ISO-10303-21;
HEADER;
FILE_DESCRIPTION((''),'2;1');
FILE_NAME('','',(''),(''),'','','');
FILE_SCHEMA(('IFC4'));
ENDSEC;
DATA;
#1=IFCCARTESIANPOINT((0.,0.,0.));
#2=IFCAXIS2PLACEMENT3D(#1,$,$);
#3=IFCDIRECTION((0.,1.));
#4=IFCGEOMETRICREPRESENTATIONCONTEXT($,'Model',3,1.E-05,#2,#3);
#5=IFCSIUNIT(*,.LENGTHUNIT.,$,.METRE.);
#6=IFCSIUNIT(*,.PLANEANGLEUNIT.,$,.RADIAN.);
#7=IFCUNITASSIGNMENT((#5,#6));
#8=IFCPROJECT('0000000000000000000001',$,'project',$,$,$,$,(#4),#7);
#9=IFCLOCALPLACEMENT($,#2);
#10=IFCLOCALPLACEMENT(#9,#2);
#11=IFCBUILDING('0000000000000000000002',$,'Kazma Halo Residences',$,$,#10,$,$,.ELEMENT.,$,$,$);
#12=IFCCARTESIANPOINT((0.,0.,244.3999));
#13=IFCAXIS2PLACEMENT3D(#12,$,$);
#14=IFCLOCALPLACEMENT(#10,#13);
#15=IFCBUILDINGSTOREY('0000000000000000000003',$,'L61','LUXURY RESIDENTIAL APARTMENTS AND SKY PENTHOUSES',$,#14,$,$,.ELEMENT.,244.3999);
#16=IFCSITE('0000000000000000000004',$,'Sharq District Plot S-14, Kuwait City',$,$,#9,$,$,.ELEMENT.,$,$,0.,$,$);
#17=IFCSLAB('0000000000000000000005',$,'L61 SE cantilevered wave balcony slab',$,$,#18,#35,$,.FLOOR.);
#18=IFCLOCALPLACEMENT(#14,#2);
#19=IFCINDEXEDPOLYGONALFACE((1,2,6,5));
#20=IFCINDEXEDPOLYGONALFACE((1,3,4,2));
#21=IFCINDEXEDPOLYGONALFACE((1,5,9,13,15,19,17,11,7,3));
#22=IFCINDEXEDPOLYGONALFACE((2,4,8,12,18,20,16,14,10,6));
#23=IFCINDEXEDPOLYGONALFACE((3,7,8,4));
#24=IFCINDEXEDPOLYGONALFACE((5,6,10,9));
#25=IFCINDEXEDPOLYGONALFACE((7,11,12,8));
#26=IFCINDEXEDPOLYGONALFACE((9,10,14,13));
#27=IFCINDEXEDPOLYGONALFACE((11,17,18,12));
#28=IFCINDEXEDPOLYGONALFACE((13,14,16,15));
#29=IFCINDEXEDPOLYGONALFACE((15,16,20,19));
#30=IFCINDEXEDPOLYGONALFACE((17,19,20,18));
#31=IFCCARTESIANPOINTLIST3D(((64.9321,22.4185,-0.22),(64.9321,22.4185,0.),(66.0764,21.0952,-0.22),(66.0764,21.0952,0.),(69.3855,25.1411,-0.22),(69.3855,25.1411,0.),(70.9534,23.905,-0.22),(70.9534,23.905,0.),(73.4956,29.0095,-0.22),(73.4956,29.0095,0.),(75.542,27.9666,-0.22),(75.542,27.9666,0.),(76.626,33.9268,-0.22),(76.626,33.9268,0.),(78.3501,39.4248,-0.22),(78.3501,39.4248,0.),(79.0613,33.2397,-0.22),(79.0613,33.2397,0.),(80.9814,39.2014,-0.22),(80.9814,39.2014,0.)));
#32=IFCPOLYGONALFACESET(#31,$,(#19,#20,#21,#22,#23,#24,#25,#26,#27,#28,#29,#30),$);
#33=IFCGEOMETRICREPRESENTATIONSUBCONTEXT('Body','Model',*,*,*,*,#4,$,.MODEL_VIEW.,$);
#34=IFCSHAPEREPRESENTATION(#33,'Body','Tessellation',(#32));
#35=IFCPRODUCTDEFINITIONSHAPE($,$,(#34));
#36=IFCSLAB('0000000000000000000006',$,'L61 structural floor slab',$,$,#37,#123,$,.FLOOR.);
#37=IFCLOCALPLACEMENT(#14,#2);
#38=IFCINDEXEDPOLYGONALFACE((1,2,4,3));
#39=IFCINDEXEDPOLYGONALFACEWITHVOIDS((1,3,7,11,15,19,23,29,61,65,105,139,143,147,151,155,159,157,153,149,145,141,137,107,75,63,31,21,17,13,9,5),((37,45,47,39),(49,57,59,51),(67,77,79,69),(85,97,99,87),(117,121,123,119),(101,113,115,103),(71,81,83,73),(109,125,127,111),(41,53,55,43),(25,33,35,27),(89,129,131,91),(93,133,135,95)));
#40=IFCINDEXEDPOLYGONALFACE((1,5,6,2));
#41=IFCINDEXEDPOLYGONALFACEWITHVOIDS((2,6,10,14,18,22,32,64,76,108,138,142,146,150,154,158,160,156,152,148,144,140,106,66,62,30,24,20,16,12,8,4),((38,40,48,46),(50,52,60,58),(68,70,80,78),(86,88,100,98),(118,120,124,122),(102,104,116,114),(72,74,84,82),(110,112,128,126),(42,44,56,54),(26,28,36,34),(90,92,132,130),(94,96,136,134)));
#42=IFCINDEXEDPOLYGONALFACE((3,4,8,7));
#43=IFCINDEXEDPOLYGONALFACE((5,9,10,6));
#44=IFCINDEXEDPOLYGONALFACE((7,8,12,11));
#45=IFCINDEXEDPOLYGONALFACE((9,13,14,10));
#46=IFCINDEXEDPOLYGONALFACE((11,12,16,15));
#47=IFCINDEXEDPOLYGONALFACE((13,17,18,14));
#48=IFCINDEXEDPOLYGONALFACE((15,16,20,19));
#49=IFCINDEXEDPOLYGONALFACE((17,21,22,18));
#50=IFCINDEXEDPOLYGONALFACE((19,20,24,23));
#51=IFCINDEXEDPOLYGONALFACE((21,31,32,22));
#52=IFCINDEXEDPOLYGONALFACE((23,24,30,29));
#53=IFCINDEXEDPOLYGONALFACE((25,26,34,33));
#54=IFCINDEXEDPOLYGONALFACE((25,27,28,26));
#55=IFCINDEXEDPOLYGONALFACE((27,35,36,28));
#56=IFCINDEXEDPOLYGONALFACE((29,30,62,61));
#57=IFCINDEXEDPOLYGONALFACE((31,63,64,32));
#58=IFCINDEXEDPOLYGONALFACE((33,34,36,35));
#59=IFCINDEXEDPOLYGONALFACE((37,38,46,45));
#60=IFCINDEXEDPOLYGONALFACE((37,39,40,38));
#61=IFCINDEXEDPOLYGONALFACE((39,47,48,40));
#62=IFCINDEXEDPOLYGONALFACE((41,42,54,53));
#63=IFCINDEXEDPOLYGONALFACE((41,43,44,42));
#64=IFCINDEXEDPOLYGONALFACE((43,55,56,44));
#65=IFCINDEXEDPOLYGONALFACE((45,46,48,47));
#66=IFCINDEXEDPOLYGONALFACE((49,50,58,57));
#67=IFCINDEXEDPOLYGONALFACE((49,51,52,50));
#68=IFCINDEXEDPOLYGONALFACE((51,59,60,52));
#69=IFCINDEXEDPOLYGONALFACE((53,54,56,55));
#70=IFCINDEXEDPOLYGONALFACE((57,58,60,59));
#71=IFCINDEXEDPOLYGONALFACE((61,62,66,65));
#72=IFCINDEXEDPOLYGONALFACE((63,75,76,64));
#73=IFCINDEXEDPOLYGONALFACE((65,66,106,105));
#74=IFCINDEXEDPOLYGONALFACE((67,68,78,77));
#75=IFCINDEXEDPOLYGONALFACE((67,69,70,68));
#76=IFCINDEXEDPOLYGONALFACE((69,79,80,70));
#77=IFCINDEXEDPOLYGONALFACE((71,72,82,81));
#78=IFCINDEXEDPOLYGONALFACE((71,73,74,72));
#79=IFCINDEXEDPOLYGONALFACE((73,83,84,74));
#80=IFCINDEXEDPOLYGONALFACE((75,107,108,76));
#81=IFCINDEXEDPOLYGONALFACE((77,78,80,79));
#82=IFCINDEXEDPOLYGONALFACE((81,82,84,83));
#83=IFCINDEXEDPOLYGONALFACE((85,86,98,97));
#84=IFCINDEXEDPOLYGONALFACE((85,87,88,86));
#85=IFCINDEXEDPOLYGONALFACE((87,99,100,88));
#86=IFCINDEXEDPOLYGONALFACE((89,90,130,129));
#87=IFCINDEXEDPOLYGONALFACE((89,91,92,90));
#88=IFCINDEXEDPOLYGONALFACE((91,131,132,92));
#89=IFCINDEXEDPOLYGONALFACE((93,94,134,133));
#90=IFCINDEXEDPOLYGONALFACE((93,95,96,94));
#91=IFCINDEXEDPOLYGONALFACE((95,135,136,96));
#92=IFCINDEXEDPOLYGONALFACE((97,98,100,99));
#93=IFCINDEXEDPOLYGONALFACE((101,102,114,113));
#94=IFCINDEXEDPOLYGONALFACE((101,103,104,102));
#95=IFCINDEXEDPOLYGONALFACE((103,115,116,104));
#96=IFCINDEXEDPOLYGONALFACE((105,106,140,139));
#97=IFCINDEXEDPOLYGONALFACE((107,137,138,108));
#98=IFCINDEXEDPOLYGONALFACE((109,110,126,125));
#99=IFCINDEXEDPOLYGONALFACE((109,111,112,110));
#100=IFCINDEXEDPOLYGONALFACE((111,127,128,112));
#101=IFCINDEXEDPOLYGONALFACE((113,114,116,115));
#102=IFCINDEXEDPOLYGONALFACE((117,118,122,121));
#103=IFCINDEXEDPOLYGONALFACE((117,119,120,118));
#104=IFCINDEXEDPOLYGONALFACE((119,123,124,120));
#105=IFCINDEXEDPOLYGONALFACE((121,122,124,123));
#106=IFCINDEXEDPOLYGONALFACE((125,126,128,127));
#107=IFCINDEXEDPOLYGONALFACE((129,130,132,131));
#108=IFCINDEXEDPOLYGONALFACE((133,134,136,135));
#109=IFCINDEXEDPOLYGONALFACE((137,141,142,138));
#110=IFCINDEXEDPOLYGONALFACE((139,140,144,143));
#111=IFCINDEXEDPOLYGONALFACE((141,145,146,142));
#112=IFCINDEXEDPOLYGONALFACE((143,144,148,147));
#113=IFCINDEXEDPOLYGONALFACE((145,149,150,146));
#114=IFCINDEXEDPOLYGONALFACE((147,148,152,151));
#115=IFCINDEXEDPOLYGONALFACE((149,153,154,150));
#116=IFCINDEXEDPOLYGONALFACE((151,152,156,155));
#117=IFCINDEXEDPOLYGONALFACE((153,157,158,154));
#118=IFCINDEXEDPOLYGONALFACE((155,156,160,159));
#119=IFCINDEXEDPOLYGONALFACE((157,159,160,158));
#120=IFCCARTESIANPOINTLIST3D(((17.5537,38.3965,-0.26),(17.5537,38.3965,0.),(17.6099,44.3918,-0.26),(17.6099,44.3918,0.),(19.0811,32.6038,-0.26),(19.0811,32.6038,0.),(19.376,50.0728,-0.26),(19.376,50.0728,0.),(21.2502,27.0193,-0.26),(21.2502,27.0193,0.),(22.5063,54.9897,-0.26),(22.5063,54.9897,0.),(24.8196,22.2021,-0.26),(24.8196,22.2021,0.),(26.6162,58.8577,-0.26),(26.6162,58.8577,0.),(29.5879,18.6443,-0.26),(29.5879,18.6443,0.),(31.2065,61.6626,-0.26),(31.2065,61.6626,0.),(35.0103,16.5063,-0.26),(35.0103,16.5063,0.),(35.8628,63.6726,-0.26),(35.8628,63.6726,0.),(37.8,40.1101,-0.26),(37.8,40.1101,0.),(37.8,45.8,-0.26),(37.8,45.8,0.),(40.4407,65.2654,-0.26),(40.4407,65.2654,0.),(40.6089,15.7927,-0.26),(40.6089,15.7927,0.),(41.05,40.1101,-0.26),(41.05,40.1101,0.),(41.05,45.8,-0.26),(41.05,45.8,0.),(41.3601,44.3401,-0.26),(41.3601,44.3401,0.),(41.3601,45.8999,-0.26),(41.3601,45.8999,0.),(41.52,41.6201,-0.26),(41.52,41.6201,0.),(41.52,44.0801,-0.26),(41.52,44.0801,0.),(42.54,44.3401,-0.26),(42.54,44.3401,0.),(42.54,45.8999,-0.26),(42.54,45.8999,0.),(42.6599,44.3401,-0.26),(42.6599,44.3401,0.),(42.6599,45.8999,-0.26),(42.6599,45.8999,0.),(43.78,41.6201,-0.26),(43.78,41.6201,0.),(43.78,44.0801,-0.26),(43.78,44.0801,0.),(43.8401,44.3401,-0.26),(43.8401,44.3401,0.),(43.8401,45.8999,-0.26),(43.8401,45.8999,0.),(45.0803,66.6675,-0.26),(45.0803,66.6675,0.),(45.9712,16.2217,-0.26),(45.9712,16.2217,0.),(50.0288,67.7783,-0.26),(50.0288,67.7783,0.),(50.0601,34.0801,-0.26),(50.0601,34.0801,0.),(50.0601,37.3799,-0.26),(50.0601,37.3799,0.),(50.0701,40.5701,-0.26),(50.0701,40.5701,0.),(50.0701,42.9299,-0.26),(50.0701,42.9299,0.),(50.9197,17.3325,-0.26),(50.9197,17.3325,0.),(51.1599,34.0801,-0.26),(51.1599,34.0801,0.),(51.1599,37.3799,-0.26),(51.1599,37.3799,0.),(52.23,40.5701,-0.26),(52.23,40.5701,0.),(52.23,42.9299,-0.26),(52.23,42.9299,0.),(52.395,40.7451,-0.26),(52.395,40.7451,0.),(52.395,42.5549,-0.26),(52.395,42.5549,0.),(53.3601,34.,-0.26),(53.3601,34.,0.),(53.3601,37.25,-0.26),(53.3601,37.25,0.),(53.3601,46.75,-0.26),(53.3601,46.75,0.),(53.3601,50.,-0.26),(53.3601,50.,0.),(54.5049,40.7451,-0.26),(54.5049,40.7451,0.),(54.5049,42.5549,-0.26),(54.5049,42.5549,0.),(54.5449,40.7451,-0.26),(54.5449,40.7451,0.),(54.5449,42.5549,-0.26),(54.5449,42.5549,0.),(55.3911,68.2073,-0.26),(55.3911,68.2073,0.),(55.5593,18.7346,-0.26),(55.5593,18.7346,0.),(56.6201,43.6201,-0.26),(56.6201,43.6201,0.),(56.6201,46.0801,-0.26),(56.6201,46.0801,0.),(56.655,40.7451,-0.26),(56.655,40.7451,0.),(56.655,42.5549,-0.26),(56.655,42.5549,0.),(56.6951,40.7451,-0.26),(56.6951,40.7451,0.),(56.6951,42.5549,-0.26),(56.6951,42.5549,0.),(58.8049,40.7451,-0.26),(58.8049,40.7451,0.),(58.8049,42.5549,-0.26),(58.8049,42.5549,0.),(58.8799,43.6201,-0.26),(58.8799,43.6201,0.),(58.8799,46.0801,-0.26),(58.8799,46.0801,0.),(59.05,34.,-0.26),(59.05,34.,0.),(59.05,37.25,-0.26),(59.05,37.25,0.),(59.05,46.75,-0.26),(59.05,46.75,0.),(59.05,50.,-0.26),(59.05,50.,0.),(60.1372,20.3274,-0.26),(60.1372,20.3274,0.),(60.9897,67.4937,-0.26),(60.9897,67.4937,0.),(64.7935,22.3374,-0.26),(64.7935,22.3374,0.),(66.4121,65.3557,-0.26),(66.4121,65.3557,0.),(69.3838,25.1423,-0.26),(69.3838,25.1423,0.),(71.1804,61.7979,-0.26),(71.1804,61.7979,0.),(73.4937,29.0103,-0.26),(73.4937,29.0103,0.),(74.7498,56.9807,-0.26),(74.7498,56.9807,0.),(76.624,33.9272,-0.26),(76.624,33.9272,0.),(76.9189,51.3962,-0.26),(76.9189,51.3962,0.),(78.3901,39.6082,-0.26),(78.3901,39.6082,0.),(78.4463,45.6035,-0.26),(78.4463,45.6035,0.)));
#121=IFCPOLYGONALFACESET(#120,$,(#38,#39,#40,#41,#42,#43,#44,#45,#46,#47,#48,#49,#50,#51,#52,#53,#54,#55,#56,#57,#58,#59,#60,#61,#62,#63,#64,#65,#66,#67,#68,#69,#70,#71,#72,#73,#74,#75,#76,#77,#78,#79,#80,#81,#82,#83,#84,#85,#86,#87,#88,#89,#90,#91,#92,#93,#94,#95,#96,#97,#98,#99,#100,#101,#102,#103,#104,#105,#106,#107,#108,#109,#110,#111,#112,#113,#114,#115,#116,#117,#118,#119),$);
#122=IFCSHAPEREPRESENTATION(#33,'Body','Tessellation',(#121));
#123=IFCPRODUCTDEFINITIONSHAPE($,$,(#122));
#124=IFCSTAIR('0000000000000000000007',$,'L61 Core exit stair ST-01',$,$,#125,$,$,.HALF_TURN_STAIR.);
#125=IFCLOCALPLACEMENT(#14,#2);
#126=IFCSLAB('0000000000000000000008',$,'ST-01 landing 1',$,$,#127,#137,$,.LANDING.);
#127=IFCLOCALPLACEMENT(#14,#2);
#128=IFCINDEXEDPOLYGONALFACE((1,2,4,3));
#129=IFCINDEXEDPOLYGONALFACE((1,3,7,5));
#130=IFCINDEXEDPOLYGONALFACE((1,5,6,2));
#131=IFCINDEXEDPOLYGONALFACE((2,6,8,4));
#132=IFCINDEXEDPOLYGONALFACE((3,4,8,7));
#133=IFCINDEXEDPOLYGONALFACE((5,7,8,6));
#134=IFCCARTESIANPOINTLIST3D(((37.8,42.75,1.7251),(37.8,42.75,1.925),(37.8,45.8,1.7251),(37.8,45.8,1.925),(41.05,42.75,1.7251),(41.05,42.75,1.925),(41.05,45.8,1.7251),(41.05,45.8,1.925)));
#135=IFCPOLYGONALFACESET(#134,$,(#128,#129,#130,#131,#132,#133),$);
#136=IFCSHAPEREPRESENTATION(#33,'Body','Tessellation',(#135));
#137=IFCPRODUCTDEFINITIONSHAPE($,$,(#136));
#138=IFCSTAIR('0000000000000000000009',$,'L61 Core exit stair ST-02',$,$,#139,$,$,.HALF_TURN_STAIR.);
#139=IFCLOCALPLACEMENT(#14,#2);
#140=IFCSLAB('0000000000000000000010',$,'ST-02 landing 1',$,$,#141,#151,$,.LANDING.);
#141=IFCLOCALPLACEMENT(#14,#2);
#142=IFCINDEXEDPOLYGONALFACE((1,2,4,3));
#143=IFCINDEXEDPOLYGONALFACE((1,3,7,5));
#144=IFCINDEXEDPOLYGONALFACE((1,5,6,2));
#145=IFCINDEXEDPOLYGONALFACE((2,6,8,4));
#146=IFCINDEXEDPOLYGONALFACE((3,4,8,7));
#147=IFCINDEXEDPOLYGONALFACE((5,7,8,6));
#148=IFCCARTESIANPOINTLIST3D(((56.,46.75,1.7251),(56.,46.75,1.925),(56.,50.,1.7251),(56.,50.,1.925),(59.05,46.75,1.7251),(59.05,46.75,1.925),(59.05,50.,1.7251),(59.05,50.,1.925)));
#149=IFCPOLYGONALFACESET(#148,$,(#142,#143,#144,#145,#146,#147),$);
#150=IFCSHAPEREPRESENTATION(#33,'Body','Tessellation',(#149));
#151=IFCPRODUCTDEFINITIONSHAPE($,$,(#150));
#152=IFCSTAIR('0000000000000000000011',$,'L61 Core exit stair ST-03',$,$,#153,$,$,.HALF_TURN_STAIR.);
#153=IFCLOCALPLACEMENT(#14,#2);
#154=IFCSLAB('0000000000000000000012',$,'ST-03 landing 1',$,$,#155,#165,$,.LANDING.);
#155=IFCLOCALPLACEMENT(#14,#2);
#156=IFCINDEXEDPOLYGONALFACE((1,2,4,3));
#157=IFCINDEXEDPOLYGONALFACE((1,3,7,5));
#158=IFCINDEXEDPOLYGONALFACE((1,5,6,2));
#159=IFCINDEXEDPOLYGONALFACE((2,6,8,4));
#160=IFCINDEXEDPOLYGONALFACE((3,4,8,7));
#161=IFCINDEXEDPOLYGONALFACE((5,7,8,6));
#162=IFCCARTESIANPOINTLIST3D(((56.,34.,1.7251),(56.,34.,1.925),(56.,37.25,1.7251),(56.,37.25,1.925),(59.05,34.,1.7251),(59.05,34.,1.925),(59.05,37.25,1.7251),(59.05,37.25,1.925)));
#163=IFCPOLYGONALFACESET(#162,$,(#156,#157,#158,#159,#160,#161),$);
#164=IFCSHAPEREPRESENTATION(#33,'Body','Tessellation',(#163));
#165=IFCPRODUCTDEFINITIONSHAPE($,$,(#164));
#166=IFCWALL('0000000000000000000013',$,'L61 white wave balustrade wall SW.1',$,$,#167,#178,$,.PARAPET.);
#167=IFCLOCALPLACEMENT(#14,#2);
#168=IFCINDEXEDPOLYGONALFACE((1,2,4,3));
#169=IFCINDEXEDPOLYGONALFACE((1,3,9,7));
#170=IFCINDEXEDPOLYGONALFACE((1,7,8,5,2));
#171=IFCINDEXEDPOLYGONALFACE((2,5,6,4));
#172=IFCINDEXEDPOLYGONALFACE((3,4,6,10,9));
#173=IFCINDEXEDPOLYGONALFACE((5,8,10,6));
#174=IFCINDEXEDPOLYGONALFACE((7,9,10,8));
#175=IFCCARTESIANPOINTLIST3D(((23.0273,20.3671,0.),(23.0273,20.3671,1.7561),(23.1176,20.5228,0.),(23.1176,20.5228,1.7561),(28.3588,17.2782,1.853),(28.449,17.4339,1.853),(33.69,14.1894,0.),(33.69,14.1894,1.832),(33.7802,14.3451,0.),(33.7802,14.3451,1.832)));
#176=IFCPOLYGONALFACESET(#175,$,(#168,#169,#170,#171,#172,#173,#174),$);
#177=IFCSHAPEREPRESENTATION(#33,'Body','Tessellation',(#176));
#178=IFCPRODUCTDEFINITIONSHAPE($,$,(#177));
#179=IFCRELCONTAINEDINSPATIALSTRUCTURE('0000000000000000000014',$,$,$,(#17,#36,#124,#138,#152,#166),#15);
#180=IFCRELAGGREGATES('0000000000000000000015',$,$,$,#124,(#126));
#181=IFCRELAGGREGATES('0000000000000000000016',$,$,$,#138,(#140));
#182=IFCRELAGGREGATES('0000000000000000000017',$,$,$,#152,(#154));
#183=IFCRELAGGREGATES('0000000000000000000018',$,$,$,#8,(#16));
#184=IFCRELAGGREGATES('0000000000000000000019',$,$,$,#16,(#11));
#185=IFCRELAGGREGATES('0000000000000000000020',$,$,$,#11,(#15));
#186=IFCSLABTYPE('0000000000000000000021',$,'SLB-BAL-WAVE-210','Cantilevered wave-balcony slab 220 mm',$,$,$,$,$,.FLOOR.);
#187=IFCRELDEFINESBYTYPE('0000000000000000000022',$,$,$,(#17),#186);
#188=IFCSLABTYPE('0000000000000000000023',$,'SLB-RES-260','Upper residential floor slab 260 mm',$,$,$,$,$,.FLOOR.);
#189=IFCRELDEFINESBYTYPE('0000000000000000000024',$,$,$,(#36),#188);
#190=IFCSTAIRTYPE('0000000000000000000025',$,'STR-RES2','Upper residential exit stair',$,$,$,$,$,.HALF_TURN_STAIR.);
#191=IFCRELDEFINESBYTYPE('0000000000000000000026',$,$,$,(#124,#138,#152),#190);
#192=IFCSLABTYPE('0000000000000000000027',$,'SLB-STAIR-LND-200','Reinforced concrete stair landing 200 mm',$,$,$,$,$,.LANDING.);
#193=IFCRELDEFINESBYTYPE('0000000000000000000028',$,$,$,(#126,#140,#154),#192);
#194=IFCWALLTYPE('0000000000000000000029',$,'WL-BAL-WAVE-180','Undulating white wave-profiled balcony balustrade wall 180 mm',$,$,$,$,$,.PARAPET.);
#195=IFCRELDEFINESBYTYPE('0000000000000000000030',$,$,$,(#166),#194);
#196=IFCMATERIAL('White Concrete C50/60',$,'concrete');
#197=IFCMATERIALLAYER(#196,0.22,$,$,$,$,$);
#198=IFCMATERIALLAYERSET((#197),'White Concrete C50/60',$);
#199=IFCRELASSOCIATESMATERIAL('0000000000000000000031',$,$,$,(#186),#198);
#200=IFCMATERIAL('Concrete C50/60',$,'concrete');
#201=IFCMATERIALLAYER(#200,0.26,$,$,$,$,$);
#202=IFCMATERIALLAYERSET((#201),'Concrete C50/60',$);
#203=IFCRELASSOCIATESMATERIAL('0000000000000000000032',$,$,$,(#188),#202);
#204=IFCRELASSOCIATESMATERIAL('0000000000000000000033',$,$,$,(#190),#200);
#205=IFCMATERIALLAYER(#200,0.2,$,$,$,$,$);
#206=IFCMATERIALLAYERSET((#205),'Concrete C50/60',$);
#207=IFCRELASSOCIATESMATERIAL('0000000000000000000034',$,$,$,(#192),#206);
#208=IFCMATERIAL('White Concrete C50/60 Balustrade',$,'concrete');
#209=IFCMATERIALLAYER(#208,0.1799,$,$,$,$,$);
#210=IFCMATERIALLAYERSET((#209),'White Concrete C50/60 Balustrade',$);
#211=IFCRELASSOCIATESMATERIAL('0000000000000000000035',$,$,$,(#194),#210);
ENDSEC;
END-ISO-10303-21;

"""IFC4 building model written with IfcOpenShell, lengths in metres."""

from ifc_helpers import new_model, si_unit, direction, frame, origin, place, context, subcontext, project, spatial, polyline, outline, extrude, material, layer, layer_set, type_object, element, aggregate, save


model = new_model("IFC4")

# Units and contexts
model_context = context("Model", 3, precision=1e-05, world=origin(), true_north=direction((0.0, 1.0)))
body_context = subcontext(model_context, "Body", "Model", "MODEL_VIEW")
ifc_project = project(units=[si_unit("LENGTHUNIT", "METRE"), si_unit("PLANEANGLEUNIT", "RADIAN")], contexts=[model_context])

# Site, building, storey
site_placement = place(None, origin())
site = spatial("IfcSite", under=ifc_project, at=site_placement, Name="Sharq District Plot S-14, Kuwait City", CompositionType="ELEMENT", RefElevation=0.0)
building_placement = place(site_placement, origin())
building = spatial("IfcBuilding", under=site, at=building_placement, Name="Kazma Halo Residences", CompositionType="ELEMENT")
storey_placement = place(building_placement, frame((0.0, 0.0, 244.3999)))
storey = spatial("IfcBuildingStorey", under=building, at=storey_placement, Name="L61", Description="LUXURY RESIDENTIAL APARTMENTS AND SKY PENTHOUSES", CompositionType="ELEMENT", Elevation=244.3999)

# Slabs
ifc_material_1 = material(Name="White Concrete C50/60", Category="concrete")
ifc_layer_1 = layer(ifc_material_1, 0.22)
ifc_layer_set_1 = layer_set([ifc_layer_1], Name="White Concrete C50/60")
slab_type_1 = type_object("IfcSlabType", Name="SLB-BAL-WAVE-210", Description="Cantilevered wave-balcony slab 220 mm", PredefinedType="FLOOR", material=ifc_layer_set_1)
slab_1_placement = place(storey_placement, frame((0.0, 0.0, -0.22)))
element("IfcSlab", 1, at=slab_1_placement, inside=storey, type_object=slab_type_1, Name="L61 SE cantilevered wave balcony slab", PredefinedType="FLOOR", context=body_context, shape_type="SweptSolid", body=[
    extrude(outline(polyline([(64.9321, 22.4185), (69.3855, 25.1411), (73.4956, 29.0095), (76.626, 33.9268), (78.3501, 39.4248), (80.9814, 39.2014), (79.0613, 33.2397), (75.542, 27.9666), (70.9534, 23.905), (66.0764, 21.0952), (64.9321, 22.4185)])), origin(), (0.0, 0.0, 1.0), 0.22),
])
ifc_material_2 = material(Name="Concrete C50/60", Category="concrete")
ifc_layer_2 = layer(ifc_material_2, 0.26)
ifc_layer_set_2 = layer_set([ifc_layer_2], Name="Concrete C50/60")
slab_type_2 = type_object("IfcSlabType", Name="SLB-RES-260", Description="Upper residential floor slab 260 mm", PredefinedType="FLOOR", material=ifc_layer_set_2)
slab_2_placement = place(storey_placement, frame((0.0, 0.0, -0.26)))
element("IfcSlab", 2, at=slab_2_placement, inside=storey, type_object=slab_type_2, Name="L61 structural floor slab", PredefinedType="FLOOR", context=body_context, shape_type="SweptSolid", body=[
    extrude(outline(polyline([(76.9189, 51.3962), (74.7498, 56.9807), (71.1804, 61.7979), (66.4121, 65.3557), (60.9897, 67.4937), (55.3911, 68.2073), (50.0288, 67.7783), (45.0803, 66.6675), (40.4407, 65.2654), (35.8628, 63.6726), (31.2065, 61.6626), (26.6162, 58.8577), (22.5063, 54.9897), (19.376, 50.0728), (17.6099, 44.3918), (17.5537, 38.3965), (19.0811, 32.6038), (21.2502, 27.0193), (24.8196, 22.2021), (29.5879, 18.6443), (35.0103, 16.5063), (40.6089, 15.7927), (45.9712, 16.2217), (50.9197, 17.3325), (55.5593, 18.7346), (60.1372, 20.3274), (64.7935, 22.3374), (69.3838, 25.1423), (73.4937, 29.0103), (76.624, 33.9272), (78.3901, 39.6082), (78.4463, 45.6035), (76.9189, 51.3962)]), holes=[polyline([(37.8, 40.1101), (41.05, 40.1101), (41.05, 45.8), (37.8, 45.8), (37.8, 40.1101)]), polyline([(53.3601, 46.75), (59.05, 46.75), (59.05, 50.0), (53.3601, 50.0), (53.3601, 46.75)]), polyline([(53.3601, 34.0), (59.05, 34.0), (59.05, 37.25), (53.3601, 37.25), (53.3601, 34.0)]), polyline([(41.52, 41.6201), (43.78, 41.6201), (43.78, 44.0801), (41.52, 44.0801), (41.52, 41.6201)]), polyline([(56.6201, 43.6201), (58.8799, 43.6201), (58.8799, 46.0801), (56.6201, 46.0801), (56.6201, 43.6201)]), polyline([(52.395, 40.7451), (54.5049, 40.7451), (54.5049, 42.5549), (52.395, 42.5549), (52.395, 40.7451)]), polyline([(54.5449, 40.7451), (56.655, 40.7451), (56.655, 42.5549), (54.5449, 42.5549), (54.5449, 40.7451)]), polyline([(56.6951, 40.7451), (58.8049, 40.7451), (58.8049, 42.5549), (56.6951, 42.5549), (56.6951, 40.7451)]), polyline([(50.0701, 40.5701), (52.23, 40.5701), (52.23, 42.9299), (50.0701, 42.9299), (50.0701, 40.5701)]), polyline([(41.3601, 44.3401), (42.54, 44.3401), (42.54, 45.8999), (41.3601, 45.8999), (41.3601, 44.3401)]), polyline([(42.6599, 44.3401), (43.8401, 44.3401), (43.8401, 45.8999), (42.6599, 45.8999), (42.6599, 44.3401)]), polyline([(50.0601, 34.0801), (51.1599, 34.0801), (51.1599, 37.3799), (50.0601, 37.3799), (50.0601, 34.0801)])]), origin(), (0.0, 0.0, 1.0), 0.26),
])

# Stairs, slabs
stair_type = type_object("IfcStairType", Name="STR-RES2", Description="Upper residential exit stair", PredefinedType="HALF_TURN_STAIR", material=ifc_material_2)
stair_1_placement = place(storey_placement, origin())
stair_1 = element("IfcStair", 3, at=stair_1_placement, inside=storey, type_object=stair_type, Name="L61 Core exit stair ST-01", PredefinedType="HALF_TURN_STAIR")
ifc_layer_3 = layer(ifc_material_2, 0.2)
ifc_layer_set_3 = layer_set([ifc_layer_3], Name="Concrete C50/60")
slab_type_3 = type_object("IfcSlabType", Name="SLB-STAIR-LND-200", Description="Reinforced concrete stair landing 200 mm", PredefinedType="LANDING", material=ifc_layer_set_3)
slab_3_placement = place(storey_placement, frame((0.0, 0.0, 1.7251)))
slab_3 = element("IfcSlab", 4, at=slab_3_placement, type_object=slab_type_3, Name="ST-01 landing 1", PredefinedType="LANDING", context=body_context, shape_type="SweptSolid", body=[
    extrude(outline(polyline([(41.05, 42.75), (41.05, 45.8), (37.8, 45.8), (37.8, 42.75), (41.05, 42.75)])), origin(), (0.0, 0.0, 1.0), 0.2),
])
aggregate(stair_1, [slab_3])
stair_2_placement = place(storey_placement, origin())
stair_2 = element("IfcStair", 5, at=stair_2_placement, inside=storey, type_object=stair_type, Name="L61 Core exit stair ST-02", PredefinedType="HALF_TURN_STAIR")
slab_4_placement = place(storey_placement, frame((0.0, 0.0, 1.7251)))
slab_4 = element("IfcSlab", 6, at=slab_4_placement, type_object=slab_type_3, Name="ST-02 landing 1", PredefinedType="LANDING", context=body_context, shape_type="SweptSolid", body=[
    extrude(outline(polyline([(56.0, 46.75), (59.05, 46.75), (59.05, 50.0), (56.0, 50.0), (56.0, 46.75)])), origin(), (0.0, 0.0, 1.0), 0.2),
])
aggregate(stair_2, [slab_4])
stair_3_placement = place(storey_placement, origin())
stair_3 = element("IfcStair", 7, at=stair_3_placement, inside=storey, type_object=stair_type, Name="L61 Core exit stair ST-03", PredefinedType="HALF_TURN_STAIR")
slab_5_placement = place(storey_placement, frame((0.0, 0.0, 1.7251)))
slab_5 = element("IfcSlab", 8, at=slab_5_placement, type_object=slab_type_3, Name="ST-03 landing 1", PredefinedType="LANDING", context=body_context, shape_type="SweptSolid", body=[
    extrude(outline(polyline([(56.0, 34.0), (59.05, 34.0), (59.05, 37.25), (56.0, 37.25), (56.0, 34.0)])), origin(), (0.0, 0.0, 1.0), 0.2),
])
aggregate(stair_3, [slab_5])

# Wall
ifc_material_3 = material(Name="White Concrete C50/60 Balustrade", Category="concrete")
ifc_layer_4 = layer(ifc_material_3, 0.1799)
ifc_layer_set_4 = layer_set([ifc_layer_4], Name="White Concrete C50/60 Balustrade")
wall_type_1 = type_object("IfcWallType", Name="WL-BAL-WAVE-180", Description="Undulating white wave-profiled balcony balustrade wall 180 mm", PredefinedType="PARAPET", material=ifc_layer_set_4)
wall_1_placement = place(storey_placement, frame((23.0725, 20.4451, 0.0), z_axis=(0.0, 0.0, 1.0), x_axis=(0.865263, -0.501319, 0.0)))
element("IfcWall", 9, at=wall_1_placement, inside=storey, type_object=wall_type_1, Name="L61 white wave balustrade wall SW.1", PredefinedType="PARAPET", context=body_context, shape_type="SweptSolid", body=[
    extrude(outline(polyline([(0.0, 0.0), (12.323, 0.0), (12.323, 1.832), (6.1616, 1.853), (0.0, 1.7561), (0.0, 0.0)])), frame((0.0, 0.0898, 0.0), z_axis=(0.0, -1.0, 0.0), x_axis=(1.0, 0.0, 0.0)), (0.0, 0.0, 1.0), 0.1799),
])

save(model, "model.ifc")
